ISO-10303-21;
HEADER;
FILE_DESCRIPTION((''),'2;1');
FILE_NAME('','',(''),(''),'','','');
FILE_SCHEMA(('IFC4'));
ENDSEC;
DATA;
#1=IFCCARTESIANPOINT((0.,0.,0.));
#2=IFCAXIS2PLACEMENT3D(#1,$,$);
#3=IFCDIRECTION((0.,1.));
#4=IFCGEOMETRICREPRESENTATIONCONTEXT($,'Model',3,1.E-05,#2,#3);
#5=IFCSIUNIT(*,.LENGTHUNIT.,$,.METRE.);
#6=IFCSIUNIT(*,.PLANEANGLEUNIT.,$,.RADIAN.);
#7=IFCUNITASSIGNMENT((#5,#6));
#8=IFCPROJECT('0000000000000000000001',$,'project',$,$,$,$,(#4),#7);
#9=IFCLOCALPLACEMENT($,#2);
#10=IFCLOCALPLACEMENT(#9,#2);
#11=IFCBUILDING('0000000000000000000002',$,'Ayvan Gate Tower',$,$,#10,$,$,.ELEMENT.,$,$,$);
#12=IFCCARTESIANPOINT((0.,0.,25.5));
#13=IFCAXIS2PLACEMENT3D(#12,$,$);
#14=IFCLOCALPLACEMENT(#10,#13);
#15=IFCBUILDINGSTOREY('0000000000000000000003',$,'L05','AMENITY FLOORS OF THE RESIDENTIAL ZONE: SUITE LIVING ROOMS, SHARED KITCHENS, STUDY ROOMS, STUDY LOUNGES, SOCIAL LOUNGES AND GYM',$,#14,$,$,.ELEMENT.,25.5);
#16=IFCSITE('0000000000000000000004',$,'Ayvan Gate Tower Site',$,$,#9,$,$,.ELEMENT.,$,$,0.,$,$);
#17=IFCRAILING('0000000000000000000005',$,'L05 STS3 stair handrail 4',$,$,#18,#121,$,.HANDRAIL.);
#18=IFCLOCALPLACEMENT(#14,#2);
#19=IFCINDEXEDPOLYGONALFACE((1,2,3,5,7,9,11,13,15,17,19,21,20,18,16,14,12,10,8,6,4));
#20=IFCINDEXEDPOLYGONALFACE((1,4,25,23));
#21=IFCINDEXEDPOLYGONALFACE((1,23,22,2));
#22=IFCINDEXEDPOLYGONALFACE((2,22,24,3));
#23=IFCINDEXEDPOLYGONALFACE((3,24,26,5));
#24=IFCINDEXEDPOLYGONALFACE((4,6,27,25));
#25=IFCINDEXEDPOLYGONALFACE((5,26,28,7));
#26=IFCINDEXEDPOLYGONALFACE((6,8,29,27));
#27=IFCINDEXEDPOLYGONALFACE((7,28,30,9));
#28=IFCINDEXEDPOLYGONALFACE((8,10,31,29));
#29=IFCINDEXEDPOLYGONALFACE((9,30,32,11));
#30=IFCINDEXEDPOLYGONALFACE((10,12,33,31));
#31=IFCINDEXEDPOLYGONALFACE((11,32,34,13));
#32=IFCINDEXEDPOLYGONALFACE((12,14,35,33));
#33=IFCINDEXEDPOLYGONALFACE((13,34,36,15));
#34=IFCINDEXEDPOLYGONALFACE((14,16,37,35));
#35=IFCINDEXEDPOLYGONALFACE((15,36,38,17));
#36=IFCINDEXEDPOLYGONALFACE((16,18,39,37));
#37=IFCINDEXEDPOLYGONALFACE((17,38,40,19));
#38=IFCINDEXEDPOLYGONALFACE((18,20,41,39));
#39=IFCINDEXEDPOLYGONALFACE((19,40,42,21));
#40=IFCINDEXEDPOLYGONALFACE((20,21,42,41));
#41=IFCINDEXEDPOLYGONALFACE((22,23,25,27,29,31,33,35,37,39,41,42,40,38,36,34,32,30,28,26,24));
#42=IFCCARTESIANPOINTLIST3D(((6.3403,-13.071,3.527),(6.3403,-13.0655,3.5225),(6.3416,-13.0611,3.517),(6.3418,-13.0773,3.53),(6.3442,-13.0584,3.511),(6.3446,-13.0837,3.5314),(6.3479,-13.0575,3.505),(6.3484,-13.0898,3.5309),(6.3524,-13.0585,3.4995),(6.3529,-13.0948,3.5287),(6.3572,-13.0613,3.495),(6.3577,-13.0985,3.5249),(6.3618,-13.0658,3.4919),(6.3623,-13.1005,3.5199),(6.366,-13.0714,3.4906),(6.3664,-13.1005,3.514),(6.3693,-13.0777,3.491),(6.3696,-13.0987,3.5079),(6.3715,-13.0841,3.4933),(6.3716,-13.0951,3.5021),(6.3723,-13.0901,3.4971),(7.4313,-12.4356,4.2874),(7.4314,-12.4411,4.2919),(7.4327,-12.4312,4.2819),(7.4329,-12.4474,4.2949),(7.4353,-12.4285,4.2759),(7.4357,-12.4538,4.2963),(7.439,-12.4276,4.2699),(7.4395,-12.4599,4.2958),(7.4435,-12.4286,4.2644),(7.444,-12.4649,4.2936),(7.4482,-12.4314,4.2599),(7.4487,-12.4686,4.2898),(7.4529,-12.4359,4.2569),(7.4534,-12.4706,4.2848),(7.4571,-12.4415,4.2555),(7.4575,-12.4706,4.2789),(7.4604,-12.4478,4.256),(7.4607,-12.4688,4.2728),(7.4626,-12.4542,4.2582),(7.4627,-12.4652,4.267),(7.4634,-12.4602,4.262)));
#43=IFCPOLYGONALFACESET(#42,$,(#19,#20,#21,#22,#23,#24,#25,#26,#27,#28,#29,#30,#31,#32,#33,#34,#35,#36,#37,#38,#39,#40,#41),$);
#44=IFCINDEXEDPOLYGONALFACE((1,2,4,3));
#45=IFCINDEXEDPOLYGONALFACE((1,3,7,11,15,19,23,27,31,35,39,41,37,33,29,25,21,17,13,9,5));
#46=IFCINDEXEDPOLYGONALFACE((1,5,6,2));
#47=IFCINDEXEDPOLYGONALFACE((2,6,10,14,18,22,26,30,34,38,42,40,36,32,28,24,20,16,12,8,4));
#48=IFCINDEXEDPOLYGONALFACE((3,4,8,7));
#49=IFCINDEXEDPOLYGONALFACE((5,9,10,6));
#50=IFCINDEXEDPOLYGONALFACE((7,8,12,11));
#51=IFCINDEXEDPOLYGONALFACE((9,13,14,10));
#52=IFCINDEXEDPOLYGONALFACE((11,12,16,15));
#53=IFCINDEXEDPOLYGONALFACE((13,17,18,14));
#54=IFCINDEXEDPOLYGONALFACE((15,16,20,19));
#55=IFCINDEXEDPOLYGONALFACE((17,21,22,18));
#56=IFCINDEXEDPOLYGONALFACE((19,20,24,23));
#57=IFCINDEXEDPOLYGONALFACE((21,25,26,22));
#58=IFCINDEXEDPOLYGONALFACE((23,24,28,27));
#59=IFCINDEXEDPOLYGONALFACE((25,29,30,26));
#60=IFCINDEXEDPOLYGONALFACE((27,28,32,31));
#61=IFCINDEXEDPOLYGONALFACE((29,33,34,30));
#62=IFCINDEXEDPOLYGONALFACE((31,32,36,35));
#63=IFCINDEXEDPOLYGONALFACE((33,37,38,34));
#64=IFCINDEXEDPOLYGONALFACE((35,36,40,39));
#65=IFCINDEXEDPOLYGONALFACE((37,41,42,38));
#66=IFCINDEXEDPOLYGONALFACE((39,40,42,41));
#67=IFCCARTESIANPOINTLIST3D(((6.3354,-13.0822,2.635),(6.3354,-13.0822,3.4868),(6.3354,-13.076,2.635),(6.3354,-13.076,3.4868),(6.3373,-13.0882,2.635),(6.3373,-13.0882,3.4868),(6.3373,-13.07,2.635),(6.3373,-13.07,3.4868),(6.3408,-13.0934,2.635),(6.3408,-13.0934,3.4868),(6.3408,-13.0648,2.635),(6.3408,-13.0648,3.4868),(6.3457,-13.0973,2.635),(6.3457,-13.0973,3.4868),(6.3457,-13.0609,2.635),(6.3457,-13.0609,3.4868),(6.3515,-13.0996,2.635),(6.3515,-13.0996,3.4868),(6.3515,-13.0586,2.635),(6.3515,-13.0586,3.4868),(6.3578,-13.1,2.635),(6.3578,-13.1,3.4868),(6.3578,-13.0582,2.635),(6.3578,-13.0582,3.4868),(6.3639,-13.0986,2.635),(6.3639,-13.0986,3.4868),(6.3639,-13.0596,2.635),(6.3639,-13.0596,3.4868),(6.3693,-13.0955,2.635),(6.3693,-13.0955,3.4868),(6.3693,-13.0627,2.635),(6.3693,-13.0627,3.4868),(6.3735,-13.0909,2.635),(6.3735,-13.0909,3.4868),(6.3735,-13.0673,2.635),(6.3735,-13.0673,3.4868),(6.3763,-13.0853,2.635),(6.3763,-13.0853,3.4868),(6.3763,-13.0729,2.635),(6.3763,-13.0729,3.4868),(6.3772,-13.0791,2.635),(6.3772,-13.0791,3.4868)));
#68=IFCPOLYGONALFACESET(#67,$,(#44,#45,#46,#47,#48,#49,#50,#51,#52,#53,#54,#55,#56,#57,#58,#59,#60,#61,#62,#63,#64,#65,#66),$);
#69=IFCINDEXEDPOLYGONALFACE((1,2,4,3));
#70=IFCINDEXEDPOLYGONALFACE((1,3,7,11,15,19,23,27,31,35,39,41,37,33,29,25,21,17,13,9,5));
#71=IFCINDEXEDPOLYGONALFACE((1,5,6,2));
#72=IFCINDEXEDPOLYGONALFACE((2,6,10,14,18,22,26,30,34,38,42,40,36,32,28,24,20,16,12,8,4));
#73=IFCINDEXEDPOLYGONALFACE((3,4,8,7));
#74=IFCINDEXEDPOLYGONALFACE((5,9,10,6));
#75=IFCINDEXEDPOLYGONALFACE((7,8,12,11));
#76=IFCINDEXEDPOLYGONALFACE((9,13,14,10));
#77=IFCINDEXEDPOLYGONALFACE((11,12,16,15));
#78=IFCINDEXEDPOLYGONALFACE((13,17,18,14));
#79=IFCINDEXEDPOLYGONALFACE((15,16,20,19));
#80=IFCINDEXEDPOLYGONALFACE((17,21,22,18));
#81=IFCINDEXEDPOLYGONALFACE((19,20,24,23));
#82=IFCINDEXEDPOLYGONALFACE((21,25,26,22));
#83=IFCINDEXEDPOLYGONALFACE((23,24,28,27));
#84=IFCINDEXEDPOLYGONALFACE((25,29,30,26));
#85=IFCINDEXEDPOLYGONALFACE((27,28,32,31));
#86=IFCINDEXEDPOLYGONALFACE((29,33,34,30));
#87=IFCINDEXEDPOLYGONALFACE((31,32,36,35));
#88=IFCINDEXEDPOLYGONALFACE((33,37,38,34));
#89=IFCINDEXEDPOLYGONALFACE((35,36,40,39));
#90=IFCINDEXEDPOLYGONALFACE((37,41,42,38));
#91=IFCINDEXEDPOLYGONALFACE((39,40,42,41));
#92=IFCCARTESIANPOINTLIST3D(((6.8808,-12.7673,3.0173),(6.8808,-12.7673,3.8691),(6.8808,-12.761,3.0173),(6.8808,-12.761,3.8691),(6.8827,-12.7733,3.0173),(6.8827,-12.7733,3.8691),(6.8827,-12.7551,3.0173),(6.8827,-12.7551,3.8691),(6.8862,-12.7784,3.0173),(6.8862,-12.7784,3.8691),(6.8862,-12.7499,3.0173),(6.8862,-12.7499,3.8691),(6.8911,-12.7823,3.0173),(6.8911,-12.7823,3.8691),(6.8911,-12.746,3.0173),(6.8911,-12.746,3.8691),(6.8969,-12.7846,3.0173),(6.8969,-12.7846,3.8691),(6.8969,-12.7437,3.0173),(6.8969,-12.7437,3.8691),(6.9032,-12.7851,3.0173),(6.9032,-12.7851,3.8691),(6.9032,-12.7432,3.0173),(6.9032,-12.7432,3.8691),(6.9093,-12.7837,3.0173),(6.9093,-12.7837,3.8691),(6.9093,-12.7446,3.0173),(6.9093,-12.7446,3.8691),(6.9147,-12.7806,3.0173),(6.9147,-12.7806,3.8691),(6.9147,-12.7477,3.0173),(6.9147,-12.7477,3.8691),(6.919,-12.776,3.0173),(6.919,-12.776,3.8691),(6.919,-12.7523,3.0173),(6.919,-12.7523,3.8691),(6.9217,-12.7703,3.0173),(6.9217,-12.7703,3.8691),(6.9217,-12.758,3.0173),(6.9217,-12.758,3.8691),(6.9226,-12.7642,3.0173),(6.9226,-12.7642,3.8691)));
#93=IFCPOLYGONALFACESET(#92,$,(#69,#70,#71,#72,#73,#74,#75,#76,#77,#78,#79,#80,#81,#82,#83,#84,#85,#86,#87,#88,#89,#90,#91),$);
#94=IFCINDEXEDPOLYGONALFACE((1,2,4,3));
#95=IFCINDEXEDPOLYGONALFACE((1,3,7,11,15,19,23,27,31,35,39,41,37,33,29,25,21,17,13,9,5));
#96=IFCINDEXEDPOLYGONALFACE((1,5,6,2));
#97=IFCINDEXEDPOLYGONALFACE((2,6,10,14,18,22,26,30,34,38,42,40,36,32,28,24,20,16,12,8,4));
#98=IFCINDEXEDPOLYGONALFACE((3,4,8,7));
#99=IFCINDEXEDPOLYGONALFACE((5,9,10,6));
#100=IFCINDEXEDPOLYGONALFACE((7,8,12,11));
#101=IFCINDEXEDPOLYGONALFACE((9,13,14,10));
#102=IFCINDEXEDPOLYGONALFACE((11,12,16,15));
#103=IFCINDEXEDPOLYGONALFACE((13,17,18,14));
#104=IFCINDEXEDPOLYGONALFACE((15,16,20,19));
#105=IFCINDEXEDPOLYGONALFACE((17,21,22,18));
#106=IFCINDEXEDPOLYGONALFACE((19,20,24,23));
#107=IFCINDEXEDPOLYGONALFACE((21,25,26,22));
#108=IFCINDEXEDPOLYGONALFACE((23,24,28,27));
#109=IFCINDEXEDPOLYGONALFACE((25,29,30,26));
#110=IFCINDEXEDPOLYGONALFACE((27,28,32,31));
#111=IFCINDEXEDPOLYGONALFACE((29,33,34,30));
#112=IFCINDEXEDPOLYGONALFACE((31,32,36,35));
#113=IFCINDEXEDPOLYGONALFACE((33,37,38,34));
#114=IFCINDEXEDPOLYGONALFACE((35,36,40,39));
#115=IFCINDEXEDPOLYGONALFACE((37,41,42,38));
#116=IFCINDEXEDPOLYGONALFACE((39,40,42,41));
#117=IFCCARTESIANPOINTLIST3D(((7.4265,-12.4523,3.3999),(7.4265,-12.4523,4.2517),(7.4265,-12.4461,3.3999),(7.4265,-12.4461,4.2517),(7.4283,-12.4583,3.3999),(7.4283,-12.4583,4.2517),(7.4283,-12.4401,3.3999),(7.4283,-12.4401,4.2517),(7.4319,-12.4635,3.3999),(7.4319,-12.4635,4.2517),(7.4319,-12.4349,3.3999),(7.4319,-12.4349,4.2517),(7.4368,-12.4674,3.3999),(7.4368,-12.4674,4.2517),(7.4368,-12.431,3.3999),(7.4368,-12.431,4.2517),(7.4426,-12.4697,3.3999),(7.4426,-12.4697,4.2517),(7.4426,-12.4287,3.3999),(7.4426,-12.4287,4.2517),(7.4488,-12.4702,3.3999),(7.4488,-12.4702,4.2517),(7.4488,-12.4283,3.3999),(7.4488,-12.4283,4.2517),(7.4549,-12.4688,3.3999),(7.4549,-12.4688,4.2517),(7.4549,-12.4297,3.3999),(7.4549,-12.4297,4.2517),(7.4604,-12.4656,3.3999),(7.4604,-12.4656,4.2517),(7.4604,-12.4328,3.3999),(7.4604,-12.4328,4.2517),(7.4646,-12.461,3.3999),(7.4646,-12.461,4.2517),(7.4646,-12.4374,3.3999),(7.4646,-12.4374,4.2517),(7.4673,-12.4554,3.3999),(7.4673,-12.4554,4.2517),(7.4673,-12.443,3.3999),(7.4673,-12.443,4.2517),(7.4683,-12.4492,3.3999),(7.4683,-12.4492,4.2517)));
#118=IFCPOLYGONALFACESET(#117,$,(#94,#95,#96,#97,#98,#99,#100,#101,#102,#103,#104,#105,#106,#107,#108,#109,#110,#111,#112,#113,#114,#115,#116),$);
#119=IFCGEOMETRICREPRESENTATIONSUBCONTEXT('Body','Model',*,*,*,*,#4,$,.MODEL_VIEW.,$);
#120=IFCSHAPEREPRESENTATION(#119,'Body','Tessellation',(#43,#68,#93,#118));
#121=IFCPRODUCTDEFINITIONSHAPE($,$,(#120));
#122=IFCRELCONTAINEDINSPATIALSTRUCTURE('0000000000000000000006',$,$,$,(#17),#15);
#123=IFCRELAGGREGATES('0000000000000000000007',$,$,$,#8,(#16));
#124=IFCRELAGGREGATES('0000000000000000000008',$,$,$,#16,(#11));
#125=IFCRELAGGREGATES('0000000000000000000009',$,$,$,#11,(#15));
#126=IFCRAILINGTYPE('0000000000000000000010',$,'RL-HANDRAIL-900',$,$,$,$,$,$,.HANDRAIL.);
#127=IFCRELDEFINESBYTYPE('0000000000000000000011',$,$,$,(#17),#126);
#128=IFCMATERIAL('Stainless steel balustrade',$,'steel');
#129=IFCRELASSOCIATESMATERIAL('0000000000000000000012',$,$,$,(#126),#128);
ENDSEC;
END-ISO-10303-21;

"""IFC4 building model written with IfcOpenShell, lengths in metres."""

from ifc_helpers import new_model, si_unit, direction, frame, origin, origin_2d, place, context, subcontext, project, spatial, circle, extrude, material, type_object, element, save


model = new_model("IFC4")

# Units and contexts
model_context = context("Model", 3, precision=1e-05, world=origin(), true_north=direction((0.0, 1.0)))
body_context = subcontext(model_context, "Body", "Model", "MODEL_VIEW")
ifc_project = project(units=[si_unit("LENGTHUNIT", "METRE"), si_unit("PLANEANGLEUNIT", "RADIAN")], contexts=[model_context])

# Site, building, storey
site_placement = place(None, origin())
site = spatial("IfcSite", under=ifc_project, at=site_placement, Name="Ayvan Gate Tower Site", CompositionType="ELEMENT", RefElevation=0.0)
building_placement = place(site_placement, origin())
building = spatial("IfcBuilding", under=site, at=building_placement, Name="Ayvan Gate Tower", CompositionType="ELEMENT")
storey_placement = place(building_placement, frame((0.0, 0.0, 25.5)))
storey = spatial("IfcBuildingStorey", under=building, at=storey_placement, Name="L05", Description="AMENITY FLOORS OF THE RESIDENTIAL ZONE: SUITE LIVING ROOMS, SHARED KITCHENS, STUDY ROOMS, STUDY LOUNGES, SOCIAL LOUNGES AND GYM", CompositionType="ELEMENT", Elevation=25.5)

# Railing
ifc_material_1 = material(Name="Stainless steel balustrade", Category="steel")
railing_type_1 = type_object("IfcRailingType", Name="RL-HANDRAIL-900", PredefinedType="HANDRAIL", material=ifc_material_1)
railing_1_placement = place(storey_placement, frame((6.3562, -13.0791, 2.635)))
element("IfcRailing", 1, at=railing_1_placement, inside=storey, type_object=railing_type_1, Name="L05 STS3 stair handrail 4", PredefinedType="HANDRAIL", context=body_context, shape_type="SweptSolid", body=[
    extrude(circle(Radius=0.0239, at=origin_2d()), frame((0.0, 0.0, 0.876), z_axis=(0.740282, 0.427372, 0.518976), x_axis=(-0.499974, 0.86604, 0.0)), (0.0, 0.0, 1.0), 1.4739),
    extrude(circle(Radius=0.021, at=origin_2d()), origin(), (0.0, 0.0, 1.0), 0.8518),
    extrude(circle(Radius=0.021, at=origin_2d()), frame((0.5454, 0.3149, 0.3823)), (0.0, 0.0, 1.0), 0.8518),
    extrude(circle(Radius=0.021, at=origin_2d()), frame((1.0911, 0.6299, 0.7649)), (0.0, 0.0, 1.0), 0.8518),
])

save(model, "model.ifc")
